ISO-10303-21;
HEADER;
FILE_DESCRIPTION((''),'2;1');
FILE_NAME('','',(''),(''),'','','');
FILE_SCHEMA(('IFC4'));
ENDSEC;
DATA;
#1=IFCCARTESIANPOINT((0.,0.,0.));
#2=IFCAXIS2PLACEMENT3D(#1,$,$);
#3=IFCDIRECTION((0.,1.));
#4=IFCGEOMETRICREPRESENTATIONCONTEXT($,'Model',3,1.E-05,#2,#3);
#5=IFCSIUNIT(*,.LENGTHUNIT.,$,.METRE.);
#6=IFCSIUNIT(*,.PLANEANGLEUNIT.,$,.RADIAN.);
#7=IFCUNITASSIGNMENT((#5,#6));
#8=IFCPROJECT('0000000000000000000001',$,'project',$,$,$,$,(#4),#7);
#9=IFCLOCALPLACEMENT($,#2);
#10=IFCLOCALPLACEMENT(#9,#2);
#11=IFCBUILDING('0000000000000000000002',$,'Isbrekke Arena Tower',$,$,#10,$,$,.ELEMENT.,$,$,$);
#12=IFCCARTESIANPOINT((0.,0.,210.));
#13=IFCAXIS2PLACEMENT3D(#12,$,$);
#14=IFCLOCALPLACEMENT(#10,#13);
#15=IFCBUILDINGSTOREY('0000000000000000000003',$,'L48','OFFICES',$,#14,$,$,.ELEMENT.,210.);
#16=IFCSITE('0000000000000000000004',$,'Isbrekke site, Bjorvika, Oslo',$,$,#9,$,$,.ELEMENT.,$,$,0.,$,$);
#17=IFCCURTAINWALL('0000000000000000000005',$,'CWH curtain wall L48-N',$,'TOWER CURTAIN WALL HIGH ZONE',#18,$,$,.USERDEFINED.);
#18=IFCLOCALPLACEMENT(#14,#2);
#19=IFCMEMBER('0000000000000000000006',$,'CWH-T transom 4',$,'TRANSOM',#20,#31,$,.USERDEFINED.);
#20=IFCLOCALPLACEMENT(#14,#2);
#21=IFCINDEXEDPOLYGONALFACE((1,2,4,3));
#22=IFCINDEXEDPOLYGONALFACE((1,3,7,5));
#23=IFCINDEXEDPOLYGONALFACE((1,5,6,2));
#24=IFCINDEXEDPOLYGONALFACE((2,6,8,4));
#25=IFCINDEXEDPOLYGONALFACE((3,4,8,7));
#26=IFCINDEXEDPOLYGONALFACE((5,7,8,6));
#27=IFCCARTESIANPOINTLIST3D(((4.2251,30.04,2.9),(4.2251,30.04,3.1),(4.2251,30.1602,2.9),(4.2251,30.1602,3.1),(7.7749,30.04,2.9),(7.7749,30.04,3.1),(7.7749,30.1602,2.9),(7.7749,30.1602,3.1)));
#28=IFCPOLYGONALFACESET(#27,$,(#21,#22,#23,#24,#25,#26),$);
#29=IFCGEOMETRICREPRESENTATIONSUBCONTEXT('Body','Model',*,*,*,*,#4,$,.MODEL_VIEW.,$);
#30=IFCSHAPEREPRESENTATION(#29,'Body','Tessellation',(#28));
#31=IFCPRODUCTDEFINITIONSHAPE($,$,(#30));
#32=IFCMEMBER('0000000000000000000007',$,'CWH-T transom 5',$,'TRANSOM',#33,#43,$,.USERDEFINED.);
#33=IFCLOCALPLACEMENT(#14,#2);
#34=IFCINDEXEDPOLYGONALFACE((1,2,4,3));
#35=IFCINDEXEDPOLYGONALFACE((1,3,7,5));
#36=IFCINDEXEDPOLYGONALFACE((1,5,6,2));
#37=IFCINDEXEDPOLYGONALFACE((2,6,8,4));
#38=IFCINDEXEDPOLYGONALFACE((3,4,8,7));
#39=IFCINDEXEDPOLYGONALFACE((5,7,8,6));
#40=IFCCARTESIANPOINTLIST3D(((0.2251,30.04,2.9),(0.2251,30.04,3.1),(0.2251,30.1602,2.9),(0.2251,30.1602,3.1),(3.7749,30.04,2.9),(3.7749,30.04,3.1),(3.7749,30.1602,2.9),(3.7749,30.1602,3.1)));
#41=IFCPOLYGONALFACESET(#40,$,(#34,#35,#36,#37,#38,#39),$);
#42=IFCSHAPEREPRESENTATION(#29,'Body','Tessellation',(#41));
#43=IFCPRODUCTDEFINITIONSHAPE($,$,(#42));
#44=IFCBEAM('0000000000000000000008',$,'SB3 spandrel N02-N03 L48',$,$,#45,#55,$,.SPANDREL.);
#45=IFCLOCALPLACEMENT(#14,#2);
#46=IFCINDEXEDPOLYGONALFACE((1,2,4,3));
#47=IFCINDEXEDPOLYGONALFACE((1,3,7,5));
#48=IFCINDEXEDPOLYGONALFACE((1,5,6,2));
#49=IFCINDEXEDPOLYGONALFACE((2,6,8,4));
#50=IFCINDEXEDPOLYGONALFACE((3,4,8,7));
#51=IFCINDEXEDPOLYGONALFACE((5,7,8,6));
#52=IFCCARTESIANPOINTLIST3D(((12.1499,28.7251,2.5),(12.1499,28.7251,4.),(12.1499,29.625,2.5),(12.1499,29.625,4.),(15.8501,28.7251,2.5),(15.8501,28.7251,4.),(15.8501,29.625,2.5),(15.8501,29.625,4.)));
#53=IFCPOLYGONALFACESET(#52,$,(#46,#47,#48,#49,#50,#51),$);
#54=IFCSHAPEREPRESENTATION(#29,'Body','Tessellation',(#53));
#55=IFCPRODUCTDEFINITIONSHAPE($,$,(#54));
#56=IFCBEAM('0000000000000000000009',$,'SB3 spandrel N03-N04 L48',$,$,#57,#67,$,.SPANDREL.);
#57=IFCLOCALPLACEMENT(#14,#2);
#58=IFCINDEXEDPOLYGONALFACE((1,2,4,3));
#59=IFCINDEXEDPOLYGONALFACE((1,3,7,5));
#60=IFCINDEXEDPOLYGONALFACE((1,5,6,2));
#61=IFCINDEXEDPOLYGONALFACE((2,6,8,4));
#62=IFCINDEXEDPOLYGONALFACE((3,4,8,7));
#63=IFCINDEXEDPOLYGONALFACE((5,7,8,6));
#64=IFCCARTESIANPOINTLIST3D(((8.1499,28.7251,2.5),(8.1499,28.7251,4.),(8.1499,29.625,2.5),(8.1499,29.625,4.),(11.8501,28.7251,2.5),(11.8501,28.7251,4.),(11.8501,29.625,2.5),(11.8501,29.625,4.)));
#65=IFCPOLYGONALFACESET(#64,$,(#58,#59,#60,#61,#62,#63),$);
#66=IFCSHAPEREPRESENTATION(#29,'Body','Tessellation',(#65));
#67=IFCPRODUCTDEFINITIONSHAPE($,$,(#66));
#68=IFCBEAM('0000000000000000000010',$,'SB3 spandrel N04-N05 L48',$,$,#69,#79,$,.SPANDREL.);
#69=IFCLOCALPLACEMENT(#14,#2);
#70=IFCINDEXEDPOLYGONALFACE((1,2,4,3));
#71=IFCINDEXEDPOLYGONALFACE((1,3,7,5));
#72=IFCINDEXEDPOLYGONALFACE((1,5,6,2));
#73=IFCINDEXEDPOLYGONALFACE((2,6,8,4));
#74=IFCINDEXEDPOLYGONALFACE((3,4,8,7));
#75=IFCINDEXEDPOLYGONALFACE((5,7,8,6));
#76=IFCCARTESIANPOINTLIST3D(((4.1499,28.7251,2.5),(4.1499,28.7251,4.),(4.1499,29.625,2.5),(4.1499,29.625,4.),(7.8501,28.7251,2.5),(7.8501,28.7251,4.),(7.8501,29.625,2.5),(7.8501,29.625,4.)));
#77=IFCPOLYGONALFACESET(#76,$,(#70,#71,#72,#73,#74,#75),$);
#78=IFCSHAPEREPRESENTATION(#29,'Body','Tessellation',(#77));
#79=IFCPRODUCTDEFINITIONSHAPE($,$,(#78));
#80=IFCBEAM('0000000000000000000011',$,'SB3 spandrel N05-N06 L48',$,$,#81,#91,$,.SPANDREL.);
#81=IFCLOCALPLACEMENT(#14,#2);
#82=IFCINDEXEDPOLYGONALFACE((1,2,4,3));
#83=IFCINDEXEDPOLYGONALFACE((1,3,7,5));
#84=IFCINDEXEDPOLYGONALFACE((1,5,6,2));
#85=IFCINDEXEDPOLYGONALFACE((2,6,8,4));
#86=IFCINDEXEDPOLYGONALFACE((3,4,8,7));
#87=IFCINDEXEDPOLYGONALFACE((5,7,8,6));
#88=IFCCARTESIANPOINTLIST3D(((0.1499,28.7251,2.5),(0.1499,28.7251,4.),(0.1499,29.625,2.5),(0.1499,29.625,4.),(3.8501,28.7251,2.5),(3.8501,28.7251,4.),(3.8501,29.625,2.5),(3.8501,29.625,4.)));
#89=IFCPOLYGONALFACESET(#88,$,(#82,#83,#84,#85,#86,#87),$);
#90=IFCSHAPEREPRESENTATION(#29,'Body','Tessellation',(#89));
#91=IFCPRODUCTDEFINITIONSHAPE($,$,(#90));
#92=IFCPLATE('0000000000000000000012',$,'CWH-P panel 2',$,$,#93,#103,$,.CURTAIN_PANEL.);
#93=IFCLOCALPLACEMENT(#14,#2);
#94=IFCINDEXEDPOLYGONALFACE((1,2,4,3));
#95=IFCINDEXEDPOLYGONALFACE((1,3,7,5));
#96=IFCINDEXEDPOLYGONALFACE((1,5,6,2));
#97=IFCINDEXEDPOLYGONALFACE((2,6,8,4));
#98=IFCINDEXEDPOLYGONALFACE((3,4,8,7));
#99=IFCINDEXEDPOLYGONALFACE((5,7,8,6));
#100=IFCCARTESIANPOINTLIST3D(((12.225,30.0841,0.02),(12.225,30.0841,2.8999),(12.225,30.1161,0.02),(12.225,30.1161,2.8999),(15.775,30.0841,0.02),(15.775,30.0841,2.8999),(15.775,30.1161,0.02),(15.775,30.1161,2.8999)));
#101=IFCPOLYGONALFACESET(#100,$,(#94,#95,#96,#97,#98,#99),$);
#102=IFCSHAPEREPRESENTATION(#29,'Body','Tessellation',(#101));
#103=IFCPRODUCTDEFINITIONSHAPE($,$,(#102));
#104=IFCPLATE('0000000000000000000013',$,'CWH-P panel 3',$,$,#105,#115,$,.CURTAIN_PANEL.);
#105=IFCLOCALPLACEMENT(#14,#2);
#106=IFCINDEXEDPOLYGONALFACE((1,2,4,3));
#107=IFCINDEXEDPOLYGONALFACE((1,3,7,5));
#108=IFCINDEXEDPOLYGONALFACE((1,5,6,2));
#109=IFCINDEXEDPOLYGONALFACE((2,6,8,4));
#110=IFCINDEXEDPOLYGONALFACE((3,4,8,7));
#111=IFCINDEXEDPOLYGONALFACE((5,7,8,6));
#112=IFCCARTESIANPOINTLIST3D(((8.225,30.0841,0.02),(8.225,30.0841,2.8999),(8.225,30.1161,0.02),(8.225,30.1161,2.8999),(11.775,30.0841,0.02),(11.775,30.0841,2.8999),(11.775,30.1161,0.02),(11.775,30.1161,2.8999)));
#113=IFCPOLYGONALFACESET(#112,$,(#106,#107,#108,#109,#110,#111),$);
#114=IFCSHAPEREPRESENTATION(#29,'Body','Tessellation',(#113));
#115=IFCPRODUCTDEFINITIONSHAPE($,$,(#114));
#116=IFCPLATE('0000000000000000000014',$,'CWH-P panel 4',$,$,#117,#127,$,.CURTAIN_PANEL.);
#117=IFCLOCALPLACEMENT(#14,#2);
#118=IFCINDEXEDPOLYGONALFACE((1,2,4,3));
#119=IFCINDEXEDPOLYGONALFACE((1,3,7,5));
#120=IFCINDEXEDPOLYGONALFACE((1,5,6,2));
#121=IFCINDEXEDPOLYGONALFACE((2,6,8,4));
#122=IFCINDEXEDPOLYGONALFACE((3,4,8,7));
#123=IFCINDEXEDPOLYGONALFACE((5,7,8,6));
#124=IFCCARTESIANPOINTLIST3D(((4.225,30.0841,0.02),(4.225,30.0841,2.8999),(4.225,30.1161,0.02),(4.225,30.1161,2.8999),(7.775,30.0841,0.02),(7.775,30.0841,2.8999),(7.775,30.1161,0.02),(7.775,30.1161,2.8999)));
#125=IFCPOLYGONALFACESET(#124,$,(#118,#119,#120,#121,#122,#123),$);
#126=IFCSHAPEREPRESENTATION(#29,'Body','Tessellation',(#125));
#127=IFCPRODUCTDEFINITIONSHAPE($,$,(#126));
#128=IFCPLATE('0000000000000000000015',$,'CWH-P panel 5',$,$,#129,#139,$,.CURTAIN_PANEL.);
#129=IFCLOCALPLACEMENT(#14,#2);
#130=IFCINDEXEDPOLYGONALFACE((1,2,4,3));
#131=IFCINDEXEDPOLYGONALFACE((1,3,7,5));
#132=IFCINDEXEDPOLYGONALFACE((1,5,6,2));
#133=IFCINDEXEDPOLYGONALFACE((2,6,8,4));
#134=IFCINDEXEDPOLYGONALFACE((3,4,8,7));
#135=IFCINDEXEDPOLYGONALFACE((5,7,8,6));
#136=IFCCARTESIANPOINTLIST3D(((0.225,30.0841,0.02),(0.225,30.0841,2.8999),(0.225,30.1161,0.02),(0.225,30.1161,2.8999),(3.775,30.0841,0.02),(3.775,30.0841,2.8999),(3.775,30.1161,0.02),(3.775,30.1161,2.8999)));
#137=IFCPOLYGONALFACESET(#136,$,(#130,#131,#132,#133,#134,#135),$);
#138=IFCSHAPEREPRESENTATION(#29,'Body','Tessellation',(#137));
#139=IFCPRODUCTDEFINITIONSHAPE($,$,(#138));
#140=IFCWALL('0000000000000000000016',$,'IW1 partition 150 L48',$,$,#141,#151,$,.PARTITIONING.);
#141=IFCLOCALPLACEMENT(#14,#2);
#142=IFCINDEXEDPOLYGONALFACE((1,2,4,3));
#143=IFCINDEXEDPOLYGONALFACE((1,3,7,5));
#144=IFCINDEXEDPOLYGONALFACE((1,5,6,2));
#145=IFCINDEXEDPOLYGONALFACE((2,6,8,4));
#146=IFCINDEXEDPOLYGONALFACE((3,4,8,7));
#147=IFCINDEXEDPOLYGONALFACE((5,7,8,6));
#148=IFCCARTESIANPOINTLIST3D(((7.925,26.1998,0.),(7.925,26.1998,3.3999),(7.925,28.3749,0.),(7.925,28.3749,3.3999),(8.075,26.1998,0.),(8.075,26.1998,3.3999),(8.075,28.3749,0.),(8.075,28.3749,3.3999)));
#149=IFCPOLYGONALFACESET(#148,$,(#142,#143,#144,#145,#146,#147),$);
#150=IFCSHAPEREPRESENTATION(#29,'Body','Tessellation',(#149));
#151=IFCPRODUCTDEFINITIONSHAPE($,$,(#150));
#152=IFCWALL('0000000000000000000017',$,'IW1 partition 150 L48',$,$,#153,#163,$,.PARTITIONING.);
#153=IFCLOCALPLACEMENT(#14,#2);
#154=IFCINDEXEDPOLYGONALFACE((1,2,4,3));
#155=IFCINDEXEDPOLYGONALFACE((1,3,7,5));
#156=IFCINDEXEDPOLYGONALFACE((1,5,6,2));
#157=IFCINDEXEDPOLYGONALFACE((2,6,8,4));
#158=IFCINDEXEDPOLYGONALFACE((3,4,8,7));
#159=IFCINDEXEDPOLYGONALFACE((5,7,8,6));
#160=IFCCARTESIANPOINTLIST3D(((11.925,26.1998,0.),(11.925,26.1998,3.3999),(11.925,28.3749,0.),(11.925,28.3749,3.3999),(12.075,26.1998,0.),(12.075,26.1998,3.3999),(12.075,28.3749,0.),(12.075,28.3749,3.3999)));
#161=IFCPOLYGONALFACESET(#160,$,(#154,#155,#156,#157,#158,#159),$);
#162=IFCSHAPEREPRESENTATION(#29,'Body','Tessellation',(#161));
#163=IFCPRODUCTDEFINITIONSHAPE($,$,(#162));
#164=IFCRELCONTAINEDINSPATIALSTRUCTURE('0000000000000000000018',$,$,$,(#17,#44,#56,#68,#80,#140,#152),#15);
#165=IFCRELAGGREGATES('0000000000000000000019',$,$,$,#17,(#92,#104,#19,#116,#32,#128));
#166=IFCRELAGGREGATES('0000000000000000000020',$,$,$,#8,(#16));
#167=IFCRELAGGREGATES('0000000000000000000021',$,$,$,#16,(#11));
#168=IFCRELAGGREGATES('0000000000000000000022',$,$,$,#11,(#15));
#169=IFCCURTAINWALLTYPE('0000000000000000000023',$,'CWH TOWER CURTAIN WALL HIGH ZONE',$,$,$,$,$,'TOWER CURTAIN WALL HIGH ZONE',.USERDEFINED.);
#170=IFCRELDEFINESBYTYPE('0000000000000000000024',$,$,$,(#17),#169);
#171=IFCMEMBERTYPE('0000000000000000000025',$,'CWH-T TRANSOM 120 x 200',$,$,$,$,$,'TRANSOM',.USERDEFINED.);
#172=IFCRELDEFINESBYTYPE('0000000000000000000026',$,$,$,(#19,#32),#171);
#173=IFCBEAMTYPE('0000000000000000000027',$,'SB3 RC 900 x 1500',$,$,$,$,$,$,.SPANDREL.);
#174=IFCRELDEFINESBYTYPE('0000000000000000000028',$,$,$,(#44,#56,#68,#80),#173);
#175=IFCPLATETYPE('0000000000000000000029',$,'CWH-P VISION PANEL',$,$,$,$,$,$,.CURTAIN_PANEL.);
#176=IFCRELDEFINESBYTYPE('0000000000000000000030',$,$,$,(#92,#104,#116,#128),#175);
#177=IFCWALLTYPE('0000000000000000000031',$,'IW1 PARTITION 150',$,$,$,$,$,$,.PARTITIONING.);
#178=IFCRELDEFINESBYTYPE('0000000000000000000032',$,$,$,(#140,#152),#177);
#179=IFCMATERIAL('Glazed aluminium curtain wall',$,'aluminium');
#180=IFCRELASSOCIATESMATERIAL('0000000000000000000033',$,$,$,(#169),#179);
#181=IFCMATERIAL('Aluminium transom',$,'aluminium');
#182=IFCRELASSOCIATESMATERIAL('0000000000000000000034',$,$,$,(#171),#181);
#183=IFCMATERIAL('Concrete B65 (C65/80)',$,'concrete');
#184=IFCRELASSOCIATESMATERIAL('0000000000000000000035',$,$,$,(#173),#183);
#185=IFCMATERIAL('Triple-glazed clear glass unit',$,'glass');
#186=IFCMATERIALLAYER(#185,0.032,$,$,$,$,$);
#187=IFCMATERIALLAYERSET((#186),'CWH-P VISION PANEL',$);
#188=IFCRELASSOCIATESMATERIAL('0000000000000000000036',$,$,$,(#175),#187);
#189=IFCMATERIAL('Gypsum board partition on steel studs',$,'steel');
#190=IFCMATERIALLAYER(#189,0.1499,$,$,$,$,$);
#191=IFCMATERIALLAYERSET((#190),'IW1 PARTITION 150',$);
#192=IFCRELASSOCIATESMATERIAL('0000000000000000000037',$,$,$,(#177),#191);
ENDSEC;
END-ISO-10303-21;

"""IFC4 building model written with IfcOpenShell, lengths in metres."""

from ifc_helpers import new_model, si_unit, direction, frame, frame_2d, origin, origin_2d, place, context, subcontext, project, spatial, rectangle, extrude, material, layer, layer_set, material_profile, profile_set, type_object, element, aggregate, save


model = new_model("IFC4")

# Units and contexts
model_context = context("Model", 3, precision=1e-05, world=origin(), true_north=direction((0.0, 1.0)))
body_context = subcontext(model_context, "Body", "Model", "MODEL_VIEW")
ifc_project = project(units=[si_unit("LENGTHUNIT", "METRE"), si_unit("PLANEANGLEUNIT", "RADIAN")], contexts=[model_context])

# Site, building, storey
site_placement = place(None, origin())
site = spatial("IfcSite", under=ifc_project, at=site_placement, Name="Isbrekke site, Bjorvika, Oslo", CompositionType="ELEMENT", RefElevation=0.0)
building_placement = place(site_placement, origin())
building = spatial("IfcBuilding", under=site, at=building_placement, Name="Isbrekke Arena Tower", CompositionType="ELEMENT")
storey_placement = place(building_placement, frame((0.0, 0.0, 210.0)))
storey = spatial("IfcBuildingStorey", under=building, at=storey_placement, Name="L48", Description="OFFICES", CompositionType="ELEMENT", Elevation=210.0)

# Curtain wall, members
ifc_material_1 = material(Name="Glazed aluminium curtain wall", Category="aluminium")
curtain_wall_type = type_object("IfcCurtainWallType", Name="CWH TOWER CURTAIN WALL HIGH ZONE", ElementType="TOWER CURTAIN WALL HIGH ZONE", PredefinedType="USERDEFINED", material=ifc_material_1)
curtain_wall_placement = place(storey_placement, origin())
curtain_wall = element("IfcCurtainWall", 1, at=curtain_wall_placement, inside=storey, type_object=curtain_wall_type, Name="CWH curtain wall L48-N", ObjectType="TOWER CURTAIN WALL HIGH ZONE", PredefinedType="USERDEFINED")
ifc_material_2 = material(Name="Aluminium transom", Category="aluminium")
ifc_material_profile_1 = material_profile(ifc_material_2, rectangle(XDim=0.1201, YDim=0.2, at=origin_2d()), Name="TRANSOM 120X200")
ifc_profile_set_1 = profile_set([ifc_material_profile_1], Name="Aluminium transom")
member_type_1 = type_object("IfcMemberType", Name="CWH-T TRANSOM 120 x 200", ElementType="TRANSOM", PredefinedType="USERDEFINED", material=ifc_profile_set_1)
member_1_placement = place(storey_placement, frame((7.7749, 30.1001, 3.0), z_axis=(-1.0, 0.0, 0.0), x_axis=(0.0, -1.0, 0.0)))
member_1 = element("IfcMember", 2, at=member_1_placement, type_object=member_type_1, Name="CWH-T transom 4", ObjectType="TRANSOM", PredefinedType="USERDEFINED", context=body_context, shape_type="SweptSolid", body=[
    extrude(rectangle(XDim=0.1201, YDim=0.2, at=origin_2d()), origin(), (0.0, 0.0, 1.0), 3.5498),
])
member_2_placement = place(storey_placement, frame((3.7749, 30.1001, 3.0), z_axis=(-1.0, 0.0, 0.0), x_axis=(0.0, -1.0, 0.0)))
member_2 = element("IfcMember", 3, at=member_2_placement, type_object=member_type_1, Name="CWH-T transom 5", ObjectType="TRANSOM", PredefinedType="USERDEFINED", context=body_context, shape_type="SweptSolid", body=[
    extrude(rectangle(XDim=0.1201, YDim=0.2, at=origin_2d()), origin(), (0.0, 0.0, 1.0), 3.5498),
])

# Beams
ifc_material_3 = material(Name="Concrete B65 (C65/80)", Category="concrete")
ifc_material_profile_2 = material_profile(ifc_material_3, rectangle(XDim=0.8999, YDim=1.5, at=origin_2d()), Name="RC 900x1500")
ifc_profile_set_2 = profile_set([ifc_material_profile_2], Name="Concrete B65 (C65/80)")
beam_type_1 = type_object("IfcBeamType", Name="SB3 RC 900 x 1500", PredefinedType="SPANDREL", material=ifc_profile_set_2)
for number, where, z_axis, x_axis, name in (
    (4, (15.8501, 29.175, 3.25), (-1.0, 0.0, 0.0), (0.0, -1.0, 0.0), "SB3 spandrel N02-N03 L48"),
    (5, (11.8501, 29.175, 3.25), (-1.0, 0.0, 0.0), (0.0, -1.0, 0.0), "SB3 spandrel N03-N04 L48"),
    (6, (7.8501, 29.175, 3.25), (-1.0, 0.0, 0.0), (0.0, -1.0, 0.0), "SB3 spandrel N04-N05 L48"),
    (7, (3.8501, 29.175, 3.25), (-1.0, 0.0, 0.0), (0.0, -1.0, 0.0), "SB3 spandrel N05-N06 L48"),
):
    element("IfcBeam", number, at=place(storey_placement, frame(where, z_axis=z_axis, x_axis=x_axis)), inside=storey, type_object=beam_type_1, Name=name, PredefinedType="SPANDREL", context=body_context, shape_type="SweptSolid", body=[
        extrude(rectangle(XDim=0.8999, YDim=1.5, at=origin_2d()), origin(), (0.0, 0.0, 1.0), 3.7002),
    ])

# Plates
ifc_material_4 = material(Name="Triple-glazed clear glass unit", Category="glass")
ifc_layer_1 = layer(ifc_material_4, 0.032)
ifc_layer_set_1 = layer_set([ifc_layer_1], Name="CWH-P VISION PANEL")
plate_type = type_object("IfcPlateType", Name="CWH-P VISION PANEL", PredefinedType="CURTAIN_PANEL", material=ifc_layer_set_1)
plate_1_placement = place(storey_placement, frame((14.0, 30.1001, 0.02), z_axis=(0.0, 0.0, 1.0), x_axis=(-1.0, 0.0, 0.0)))
plate_1 = element("IfcPlate", 8, at=plate_1_placement, type_object=plate_type, Name="CWH-P panel 2", PredefinedType="CURTAIN_PANEL", context=body_context, shape_type="SweptSolid", body=[
    extrude(rectangle(XDim=3.55, YDim=0.032, at=origin_2d()), origin(), (0.0, 0.0, 1.0), 2.8799),
])
plate_2_placement = place(storey_placement, frame((10.0, 30.1001, 0.02), z_axis=(0.0, 0.0, 1.0), x_axis=(-1.0, 0.0, 0.0)))
plate_2 = element("IfcPlate", 9, at=plate_2_placement, type_object=plate_type, Name="CWH-P panel 3", PredefinedType="CURTAIN_PANEL", context=body_context, shape_type="SweptSolid", body=[
    extrude(rectangle(XDim=3.55, YDim=0.032, at=origin_2d()), origin(), (0.0, 0.0, 1.0), 2.8799),
])
plate_3_placement = place(storey_placement, frame((6.0, 30.1001, 0.02), z_axis=(0.0, 0.0, 1.0), x_axis=(-1.0, 0.0, 0.0)))
plate_3 = element("IfcPlate", 10, at=plate_3_placement, type_object=plate_type, Name="CWH-P panel 4", PredefinedType="CURTAIN_PANEL", context=body_context, shape_type="SweptSolid", body=[
    extrude(rectangle(XDim=3.55, YDim=0.032, at=origin_2d()), origin(), (0.0, 0.0, 1.0), 2.8799),
])
plate_4_placement = place(storey_placement, frame((2.0, 30.1001, 0.02), z_axis=(0.0, 0.0, 1.0), x_axis=(-1.0, 0.0, 0.0)))
plate_4 = element("IfcPlate", 11, at=plate_4_placement, type_object=plate_type, Name="CWH-P panel 5", PredefinedType="CURTAIN_PANEL", context=body_context, shape_type="SweptSolid", body=[
    extrude(rectangle(XDim=3.55, YDim=0.032, at=origin_2d()), origin(), (0.0, 0.0, 1.0), 2.8799),
])
aggregate(curtain_wall, [plate_1, plate_2, member_1, plate_3, member_2, plate_4])

# Walls
ifc_material_5 = material(Name="Gypsum board partition on steel studs", Category="steel")
ifc_layer_2 = layer(ifc_material_5, 0.1499)
ifc_layer_set_2 = layer_set([ifc_layer_2], Name="IW1 PARTITION 150")
wall_type = type_object("IfcWallType", Name="IW1 PARTITION 150", PredefinedType="PARTITIONING", material=ifc_layer_set_2)
for number, where, z_axis, x_axis, name in (
    (12, (8.0, 26.2, 0.0), (0.0, 0.0, 1.0), (0.0, 1.0, 0.0), "IW1 partition 150 L48"),
    (13, (12.0, 26.2, 0.0), (0.0, 0.0, 1.0), (0.0, 1.0, 0.0), "IW1 partition 150 L48"),
):
    element("IfcWall", number, at=place(storey_placement, frame(where, z_axis=z_axis, x_axis=x_axis)), inside=storey, type_object=wall_type, Name=name, PredefinedType="PARTITIONING", context=body_context, shape_type="SweptSolid", body=[
        extrude(rectangle(XDim=2.175, YDim=0.1499, at=frame_2d((1.0874, 0.0))), origin(), (0.0, 0.0, 1.0), 3.3999),
    ])

save(model, "model.ifc")
